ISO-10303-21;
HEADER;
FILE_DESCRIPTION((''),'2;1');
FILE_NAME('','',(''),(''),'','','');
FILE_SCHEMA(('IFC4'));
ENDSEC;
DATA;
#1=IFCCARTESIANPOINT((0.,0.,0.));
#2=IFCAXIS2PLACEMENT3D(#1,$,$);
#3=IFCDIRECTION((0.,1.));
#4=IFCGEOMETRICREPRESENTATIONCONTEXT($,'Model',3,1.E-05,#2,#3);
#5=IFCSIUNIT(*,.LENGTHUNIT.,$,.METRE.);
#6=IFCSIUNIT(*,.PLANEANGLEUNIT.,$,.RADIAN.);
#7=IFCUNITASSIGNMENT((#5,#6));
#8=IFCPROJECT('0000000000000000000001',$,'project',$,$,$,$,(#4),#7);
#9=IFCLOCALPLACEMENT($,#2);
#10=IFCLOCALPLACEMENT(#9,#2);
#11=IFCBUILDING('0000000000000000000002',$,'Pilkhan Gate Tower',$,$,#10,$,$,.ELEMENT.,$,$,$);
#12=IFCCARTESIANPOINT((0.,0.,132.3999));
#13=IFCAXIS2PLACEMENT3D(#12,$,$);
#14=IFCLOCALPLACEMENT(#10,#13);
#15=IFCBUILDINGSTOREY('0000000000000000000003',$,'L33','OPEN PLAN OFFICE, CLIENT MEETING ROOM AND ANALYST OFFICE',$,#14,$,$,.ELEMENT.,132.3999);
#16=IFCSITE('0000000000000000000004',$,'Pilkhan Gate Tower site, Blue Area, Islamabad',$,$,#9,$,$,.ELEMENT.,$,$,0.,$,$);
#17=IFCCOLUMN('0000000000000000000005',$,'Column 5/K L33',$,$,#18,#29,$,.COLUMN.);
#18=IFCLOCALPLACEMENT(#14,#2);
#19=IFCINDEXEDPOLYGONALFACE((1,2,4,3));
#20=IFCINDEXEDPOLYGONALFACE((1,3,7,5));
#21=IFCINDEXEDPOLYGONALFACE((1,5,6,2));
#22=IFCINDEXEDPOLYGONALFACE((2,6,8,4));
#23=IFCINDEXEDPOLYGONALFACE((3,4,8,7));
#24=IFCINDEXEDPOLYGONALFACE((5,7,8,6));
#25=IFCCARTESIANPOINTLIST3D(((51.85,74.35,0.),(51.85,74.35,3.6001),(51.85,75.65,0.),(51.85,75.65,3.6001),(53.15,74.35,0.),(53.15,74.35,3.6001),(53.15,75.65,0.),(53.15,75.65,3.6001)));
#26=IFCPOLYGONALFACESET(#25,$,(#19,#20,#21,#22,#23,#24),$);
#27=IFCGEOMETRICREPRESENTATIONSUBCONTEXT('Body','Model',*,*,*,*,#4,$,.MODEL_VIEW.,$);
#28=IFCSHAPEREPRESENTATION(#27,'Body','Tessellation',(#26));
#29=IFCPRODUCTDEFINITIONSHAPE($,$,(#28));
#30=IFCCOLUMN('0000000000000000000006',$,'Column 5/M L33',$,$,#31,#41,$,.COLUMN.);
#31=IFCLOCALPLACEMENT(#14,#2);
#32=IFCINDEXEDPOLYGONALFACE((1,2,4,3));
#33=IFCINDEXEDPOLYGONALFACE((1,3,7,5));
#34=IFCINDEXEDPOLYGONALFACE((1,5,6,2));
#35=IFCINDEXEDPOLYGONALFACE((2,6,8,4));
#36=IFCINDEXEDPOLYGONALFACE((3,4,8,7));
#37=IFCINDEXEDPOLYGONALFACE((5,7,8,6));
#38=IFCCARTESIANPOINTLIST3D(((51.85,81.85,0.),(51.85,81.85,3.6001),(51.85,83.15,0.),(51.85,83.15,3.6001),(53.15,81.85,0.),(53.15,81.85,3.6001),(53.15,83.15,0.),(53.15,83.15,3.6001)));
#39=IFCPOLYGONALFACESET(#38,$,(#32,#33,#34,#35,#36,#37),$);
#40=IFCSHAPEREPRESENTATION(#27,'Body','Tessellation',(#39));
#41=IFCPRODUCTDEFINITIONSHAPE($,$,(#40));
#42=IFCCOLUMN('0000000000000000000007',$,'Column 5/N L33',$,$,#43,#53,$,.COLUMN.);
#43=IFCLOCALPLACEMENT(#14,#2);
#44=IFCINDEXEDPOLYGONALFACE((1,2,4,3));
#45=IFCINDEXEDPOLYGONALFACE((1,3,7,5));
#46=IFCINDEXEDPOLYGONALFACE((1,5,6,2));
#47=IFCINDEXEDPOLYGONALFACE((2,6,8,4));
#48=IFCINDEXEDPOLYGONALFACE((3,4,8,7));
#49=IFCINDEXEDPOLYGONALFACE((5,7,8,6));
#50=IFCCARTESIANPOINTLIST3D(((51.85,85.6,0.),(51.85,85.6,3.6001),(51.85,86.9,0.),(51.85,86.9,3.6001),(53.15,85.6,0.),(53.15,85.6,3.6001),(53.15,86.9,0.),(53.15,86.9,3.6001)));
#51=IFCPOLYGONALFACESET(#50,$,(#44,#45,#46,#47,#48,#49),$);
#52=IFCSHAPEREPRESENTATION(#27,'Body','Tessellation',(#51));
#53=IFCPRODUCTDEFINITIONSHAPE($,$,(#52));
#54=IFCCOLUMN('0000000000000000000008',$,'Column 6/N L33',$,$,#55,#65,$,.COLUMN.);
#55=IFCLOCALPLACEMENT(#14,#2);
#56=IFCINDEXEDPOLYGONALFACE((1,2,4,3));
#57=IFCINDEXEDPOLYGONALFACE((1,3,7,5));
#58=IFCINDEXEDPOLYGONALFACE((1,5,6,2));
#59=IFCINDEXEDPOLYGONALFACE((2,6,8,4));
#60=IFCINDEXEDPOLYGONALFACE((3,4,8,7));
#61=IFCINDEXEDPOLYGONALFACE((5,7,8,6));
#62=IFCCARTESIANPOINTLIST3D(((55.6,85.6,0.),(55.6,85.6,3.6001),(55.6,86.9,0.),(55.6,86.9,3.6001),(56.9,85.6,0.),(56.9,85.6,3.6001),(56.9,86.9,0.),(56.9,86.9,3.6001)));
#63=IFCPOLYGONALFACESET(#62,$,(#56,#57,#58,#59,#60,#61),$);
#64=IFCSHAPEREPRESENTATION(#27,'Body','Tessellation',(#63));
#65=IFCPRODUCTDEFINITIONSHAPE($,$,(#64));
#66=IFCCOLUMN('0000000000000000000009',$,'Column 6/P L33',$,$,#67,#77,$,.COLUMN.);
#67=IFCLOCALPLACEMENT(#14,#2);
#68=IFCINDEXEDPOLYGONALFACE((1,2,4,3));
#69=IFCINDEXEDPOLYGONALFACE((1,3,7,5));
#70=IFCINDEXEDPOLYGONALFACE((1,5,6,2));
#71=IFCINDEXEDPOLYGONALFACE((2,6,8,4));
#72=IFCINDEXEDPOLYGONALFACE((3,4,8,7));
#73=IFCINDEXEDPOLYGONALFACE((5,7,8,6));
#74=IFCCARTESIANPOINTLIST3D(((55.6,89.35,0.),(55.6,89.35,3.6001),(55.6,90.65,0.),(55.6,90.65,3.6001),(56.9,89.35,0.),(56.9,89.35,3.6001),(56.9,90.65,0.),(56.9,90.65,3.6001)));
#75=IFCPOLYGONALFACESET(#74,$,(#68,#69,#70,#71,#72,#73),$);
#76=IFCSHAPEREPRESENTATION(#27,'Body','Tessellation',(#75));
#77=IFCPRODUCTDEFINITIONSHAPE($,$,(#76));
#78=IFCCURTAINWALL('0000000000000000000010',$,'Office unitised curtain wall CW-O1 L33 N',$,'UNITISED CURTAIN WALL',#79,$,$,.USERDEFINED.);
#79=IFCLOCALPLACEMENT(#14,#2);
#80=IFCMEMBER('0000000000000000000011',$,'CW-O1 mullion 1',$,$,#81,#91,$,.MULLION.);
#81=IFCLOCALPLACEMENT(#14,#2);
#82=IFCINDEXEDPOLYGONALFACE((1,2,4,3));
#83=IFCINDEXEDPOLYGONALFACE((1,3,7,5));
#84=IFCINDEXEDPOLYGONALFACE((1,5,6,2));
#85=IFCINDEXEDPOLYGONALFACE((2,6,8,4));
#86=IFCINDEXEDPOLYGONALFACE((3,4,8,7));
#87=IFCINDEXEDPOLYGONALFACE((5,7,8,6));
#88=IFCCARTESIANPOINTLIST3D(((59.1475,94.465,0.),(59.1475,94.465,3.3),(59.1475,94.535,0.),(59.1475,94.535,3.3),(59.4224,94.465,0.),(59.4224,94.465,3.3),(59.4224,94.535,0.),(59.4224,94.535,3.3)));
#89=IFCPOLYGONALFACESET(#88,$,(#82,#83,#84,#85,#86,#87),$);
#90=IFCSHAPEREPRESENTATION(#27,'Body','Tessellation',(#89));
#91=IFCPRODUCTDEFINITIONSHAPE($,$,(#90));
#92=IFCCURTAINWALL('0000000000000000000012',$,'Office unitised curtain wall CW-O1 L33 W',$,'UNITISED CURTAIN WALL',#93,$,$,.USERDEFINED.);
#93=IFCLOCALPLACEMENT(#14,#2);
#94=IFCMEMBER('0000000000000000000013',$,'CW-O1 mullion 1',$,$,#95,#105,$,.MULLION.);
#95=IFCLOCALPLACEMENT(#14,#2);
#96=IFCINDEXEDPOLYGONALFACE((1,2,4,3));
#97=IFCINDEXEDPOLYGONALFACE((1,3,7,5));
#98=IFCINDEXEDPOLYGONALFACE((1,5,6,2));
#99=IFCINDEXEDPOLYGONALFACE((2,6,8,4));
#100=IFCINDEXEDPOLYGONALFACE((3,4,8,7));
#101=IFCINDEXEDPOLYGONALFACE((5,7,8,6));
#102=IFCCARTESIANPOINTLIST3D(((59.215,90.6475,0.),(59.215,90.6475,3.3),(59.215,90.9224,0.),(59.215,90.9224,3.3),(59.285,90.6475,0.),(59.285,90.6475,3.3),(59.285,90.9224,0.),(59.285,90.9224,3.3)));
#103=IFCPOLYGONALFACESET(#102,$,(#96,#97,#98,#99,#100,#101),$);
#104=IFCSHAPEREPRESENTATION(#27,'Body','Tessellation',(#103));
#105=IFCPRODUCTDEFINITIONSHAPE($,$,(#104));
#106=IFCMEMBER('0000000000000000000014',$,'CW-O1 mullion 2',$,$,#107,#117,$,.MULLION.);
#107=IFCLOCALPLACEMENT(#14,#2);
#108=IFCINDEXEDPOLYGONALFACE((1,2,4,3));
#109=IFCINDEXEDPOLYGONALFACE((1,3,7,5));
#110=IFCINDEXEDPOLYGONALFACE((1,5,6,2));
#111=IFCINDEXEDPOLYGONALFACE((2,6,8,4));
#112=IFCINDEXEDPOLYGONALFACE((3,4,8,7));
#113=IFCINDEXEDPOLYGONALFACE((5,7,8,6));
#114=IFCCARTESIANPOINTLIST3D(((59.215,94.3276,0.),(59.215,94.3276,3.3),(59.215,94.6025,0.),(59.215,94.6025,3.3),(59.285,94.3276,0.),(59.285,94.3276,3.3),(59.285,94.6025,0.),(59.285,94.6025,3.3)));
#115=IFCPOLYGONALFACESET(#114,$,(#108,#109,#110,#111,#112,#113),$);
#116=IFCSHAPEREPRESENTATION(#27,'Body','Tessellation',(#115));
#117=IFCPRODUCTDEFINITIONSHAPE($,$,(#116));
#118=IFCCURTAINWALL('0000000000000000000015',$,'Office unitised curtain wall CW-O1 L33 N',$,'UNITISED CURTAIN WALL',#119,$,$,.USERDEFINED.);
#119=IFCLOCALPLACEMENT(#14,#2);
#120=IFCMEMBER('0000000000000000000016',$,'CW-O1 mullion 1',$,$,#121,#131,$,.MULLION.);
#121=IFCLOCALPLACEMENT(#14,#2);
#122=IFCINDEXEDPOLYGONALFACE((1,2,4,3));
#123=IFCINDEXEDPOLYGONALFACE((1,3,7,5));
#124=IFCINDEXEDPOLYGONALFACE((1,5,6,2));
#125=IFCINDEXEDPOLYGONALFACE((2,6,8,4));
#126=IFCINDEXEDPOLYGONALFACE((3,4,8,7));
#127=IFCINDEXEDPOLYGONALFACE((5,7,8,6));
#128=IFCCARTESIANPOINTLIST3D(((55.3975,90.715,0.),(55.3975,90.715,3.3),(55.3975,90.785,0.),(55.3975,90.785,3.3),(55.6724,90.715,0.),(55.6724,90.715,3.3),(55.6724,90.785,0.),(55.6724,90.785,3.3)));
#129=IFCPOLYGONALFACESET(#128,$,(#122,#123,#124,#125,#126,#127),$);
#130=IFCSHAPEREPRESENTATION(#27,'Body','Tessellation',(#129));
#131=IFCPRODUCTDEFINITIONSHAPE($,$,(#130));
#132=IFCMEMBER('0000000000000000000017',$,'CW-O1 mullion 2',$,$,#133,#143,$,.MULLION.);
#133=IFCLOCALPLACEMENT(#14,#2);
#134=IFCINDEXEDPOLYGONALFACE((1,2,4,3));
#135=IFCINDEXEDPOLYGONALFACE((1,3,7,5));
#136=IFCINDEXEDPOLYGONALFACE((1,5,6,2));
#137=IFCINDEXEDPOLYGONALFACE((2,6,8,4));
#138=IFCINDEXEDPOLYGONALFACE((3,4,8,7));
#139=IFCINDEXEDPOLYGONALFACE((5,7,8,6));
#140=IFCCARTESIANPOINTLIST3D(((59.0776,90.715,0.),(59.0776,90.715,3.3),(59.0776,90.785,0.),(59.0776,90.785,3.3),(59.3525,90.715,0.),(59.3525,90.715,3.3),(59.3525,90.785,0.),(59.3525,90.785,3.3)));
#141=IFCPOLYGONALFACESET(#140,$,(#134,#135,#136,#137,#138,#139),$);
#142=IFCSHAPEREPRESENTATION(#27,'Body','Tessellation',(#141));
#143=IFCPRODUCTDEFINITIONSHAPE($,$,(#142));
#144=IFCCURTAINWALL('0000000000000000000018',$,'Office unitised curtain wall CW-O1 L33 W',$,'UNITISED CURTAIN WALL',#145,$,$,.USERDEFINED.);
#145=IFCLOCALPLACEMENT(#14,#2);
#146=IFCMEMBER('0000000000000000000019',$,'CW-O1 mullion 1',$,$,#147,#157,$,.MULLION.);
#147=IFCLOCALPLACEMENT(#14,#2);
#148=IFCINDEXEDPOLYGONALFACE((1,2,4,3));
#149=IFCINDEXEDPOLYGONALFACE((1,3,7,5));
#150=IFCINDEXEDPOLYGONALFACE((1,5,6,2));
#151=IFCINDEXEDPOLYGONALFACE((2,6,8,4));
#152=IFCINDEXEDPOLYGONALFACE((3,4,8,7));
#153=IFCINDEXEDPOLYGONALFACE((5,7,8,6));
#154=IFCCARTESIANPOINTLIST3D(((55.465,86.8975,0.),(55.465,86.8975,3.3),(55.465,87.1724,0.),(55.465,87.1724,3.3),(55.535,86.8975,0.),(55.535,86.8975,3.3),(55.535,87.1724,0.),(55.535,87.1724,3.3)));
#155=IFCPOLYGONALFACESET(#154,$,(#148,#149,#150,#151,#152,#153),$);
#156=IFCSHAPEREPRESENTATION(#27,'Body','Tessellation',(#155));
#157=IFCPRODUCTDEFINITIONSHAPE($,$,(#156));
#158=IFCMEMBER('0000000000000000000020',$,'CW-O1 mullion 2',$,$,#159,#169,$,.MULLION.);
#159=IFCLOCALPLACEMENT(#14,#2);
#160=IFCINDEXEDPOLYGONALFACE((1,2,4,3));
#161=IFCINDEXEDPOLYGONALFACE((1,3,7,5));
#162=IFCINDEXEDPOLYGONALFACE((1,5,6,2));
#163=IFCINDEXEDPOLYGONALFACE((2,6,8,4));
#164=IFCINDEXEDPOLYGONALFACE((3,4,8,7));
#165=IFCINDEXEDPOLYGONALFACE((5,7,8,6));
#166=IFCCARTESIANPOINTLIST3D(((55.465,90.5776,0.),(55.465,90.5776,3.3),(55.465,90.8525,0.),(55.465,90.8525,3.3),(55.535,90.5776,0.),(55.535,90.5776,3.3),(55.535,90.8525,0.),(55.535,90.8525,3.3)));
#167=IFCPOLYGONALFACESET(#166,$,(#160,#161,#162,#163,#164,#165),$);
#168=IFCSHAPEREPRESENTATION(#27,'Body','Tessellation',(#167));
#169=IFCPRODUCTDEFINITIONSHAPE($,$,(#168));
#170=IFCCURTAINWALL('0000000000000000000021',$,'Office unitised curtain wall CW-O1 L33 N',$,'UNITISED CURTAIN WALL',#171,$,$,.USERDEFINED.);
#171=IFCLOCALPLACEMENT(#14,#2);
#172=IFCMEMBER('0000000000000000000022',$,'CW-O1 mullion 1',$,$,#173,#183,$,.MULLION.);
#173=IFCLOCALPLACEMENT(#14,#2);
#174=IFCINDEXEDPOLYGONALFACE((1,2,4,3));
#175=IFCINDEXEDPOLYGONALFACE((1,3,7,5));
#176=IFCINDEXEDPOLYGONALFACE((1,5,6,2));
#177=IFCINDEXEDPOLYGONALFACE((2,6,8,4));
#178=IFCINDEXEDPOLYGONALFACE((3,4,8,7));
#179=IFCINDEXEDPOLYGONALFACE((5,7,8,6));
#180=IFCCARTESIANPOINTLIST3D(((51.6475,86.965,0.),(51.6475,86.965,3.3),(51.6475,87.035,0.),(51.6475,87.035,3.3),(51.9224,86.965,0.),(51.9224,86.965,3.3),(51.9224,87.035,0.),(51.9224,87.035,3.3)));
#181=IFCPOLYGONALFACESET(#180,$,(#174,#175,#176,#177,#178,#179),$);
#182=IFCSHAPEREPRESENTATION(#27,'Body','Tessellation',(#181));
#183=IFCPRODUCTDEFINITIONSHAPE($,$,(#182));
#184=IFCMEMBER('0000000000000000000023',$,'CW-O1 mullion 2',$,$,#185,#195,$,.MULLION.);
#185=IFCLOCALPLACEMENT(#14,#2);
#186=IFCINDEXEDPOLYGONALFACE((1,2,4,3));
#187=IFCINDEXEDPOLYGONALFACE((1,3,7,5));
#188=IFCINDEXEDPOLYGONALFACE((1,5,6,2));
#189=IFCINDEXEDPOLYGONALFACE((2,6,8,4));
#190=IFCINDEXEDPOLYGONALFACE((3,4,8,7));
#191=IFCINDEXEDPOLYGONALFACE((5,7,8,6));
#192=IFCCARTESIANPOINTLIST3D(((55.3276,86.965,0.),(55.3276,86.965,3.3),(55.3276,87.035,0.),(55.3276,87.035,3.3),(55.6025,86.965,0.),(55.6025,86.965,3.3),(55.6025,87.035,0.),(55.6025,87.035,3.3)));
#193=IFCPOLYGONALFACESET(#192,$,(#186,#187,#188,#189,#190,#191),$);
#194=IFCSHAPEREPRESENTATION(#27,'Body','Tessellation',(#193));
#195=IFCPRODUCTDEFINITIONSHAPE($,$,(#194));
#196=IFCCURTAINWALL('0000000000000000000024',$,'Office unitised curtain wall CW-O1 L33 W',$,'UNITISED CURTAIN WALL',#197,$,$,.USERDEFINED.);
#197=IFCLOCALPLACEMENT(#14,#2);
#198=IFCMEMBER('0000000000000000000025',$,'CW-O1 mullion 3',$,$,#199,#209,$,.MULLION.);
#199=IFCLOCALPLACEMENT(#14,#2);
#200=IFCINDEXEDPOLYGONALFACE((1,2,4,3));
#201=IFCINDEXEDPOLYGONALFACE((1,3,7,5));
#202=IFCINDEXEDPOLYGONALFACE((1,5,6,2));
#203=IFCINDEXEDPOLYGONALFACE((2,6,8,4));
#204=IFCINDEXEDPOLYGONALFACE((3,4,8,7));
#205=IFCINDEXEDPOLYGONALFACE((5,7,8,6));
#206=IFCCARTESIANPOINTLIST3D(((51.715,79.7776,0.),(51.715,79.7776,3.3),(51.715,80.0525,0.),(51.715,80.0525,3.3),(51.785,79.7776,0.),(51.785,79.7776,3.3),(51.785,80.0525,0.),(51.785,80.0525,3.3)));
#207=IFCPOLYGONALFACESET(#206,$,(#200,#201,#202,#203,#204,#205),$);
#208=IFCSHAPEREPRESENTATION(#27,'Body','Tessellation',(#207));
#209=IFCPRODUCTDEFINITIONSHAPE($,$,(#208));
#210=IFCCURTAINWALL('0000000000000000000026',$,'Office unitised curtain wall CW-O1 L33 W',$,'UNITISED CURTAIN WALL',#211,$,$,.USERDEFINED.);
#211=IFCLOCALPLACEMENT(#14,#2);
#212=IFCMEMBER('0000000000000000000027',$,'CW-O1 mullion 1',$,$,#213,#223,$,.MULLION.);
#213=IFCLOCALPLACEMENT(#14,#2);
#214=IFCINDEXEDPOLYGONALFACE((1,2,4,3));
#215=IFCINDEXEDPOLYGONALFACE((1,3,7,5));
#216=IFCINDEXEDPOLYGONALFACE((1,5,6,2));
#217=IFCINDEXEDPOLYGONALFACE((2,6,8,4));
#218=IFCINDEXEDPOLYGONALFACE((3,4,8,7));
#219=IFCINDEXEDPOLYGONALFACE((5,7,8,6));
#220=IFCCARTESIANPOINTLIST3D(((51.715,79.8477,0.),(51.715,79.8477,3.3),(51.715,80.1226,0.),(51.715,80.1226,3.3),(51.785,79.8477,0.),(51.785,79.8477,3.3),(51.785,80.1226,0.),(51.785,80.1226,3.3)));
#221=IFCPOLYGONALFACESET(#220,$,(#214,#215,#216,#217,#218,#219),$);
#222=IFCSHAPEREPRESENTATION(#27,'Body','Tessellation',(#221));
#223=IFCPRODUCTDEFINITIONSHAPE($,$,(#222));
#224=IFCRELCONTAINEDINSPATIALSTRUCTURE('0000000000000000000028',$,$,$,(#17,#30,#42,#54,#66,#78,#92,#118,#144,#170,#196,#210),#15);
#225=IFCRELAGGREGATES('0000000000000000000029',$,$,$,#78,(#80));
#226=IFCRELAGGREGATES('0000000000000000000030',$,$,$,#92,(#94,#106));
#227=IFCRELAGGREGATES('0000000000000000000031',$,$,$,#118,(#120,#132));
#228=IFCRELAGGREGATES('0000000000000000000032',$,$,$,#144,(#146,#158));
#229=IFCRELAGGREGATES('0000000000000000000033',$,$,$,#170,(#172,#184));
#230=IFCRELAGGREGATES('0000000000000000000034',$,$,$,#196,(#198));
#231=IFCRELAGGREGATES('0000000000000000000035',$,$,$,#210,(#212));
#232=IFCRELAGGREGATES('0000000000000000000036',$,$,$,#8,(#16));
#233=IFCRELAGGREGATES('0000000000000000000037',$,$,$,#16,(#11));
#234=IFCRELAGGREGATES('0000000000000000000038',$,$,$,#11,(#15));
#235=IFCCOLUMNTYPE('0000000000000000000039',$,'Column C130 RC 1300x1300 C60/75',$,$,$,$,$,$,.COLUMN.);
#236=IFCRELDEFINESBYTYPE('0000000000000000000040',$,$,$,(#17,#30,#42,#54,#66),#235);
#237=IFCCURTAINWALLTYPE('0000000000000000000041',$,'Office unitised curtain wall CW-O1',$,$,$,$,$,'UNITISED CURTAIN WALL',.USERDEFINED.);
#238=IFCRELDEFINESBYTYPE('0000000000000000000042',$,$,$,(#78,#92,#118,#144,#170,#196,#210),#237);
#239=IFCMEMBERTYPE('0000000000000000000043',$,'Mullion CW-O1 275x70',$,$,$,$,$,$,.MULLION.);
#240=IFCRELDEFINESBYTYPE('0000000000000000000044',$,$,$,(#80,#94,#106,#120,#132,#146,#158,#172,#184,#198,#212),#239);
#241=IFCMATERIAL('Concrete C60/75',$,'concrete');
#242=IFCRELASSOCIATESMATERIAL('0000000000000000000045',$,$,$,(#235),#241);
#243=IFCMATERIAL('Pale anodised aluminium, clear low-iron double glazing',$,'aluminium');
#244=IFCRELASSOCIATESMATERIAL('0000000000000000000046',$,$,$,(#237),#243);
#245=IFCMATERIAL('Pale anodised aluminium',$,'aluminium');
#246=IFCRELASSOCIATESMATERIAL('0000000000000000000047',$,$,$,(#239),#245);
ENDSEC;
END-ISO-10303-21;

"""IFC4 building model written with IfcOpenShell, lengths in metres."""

from ifc_helpers import new_model, si_unit, direction, frame, origin, origin_2d, place, context, subcontext, project, spatial, rectangle, extrude, material, material_profile, profile_set, type_object, element, aggregate, save


model = new_model("IFC4")

# Units and contexts
model_context = context("Model", 3, precision=1e-05, world=origin(), true_north=direction((0.0, 1.0)))
body_context = subcontext(model_context, "Body", "Model", "MODEL_VIEW")
ifc_project = project(units=[si_unit("LENGTHUNIT", "METRE"), si_unit("PLANEANGLEUNIT", "RADIAN")], contexts=[model_context])

# Site, building, storey
site_placement = place(None, origin())
site = spatial("IfcSite", under=ifc_project, at=site_placement, Name="Pilkhan Gate Tower site, Blue Area, Islamabad", CompositionType="ELEMENT", RefElevation=0.0)
building_placement = place(site_placement, origin())
building = spatial("IfcBuilding", under=site, at=building_placement, Name="Pilkhan Gate Tower", CompositionType="ELEMENT")
storey_placement = place(building_placement, frame((0.0, 0.0, 132.3999)))
storey = spatial("IfcBuildingStorey", under=building, at=storey_placement, Name="L33", Description="OPEN PLAN OFFICE, CLIENT MEETING ROOM AND ANALYST OFFICE", CompositionType="ELEMENT", Elevation=132.3999)

# Columns
ifc_material_1 = material(Name="Concrete C60/75", Category="concrete")
ifc_material_profile_1 = material_profile(ifc_material_1, rectangle(XDim=1.3, YDim=1.3, at=origin_2d()), Name="RC 1300x1300")
ifc_profile_set_1 = profile_set([ifc_material_profile_1], Name="Concrete C60/75")
column_type = type_object("IfcColumnType", Name="Column C130 RC 1300x1300 C60/75", PredefinedType="COLUMN", material=ifc_profile_set_1)
for number, where, z_axis, x_axis, name in (
    (1, (52.5, 75.0, 0.0), (0.0, 0.0, 1.0), (1.0, 0.0, 0.0), "Column 5/K L33"),
    (2, (52.5, 82.5, 0.0), (0.0, 0.0, 1.0), (1.0, 0.0, 0.0), "Column 5/M L33"),
    (3, (52.5, 86.25, 0.0), (0.0, 0.0, 1.0), (1.0, 0.0, 0.0), "Column 5/N L33"),
    (4, (56.25, 86.25, 0.0), (0.0, 0.0, 1.0), (1.0, 0.0, 0.0), "Column 6/N L33"),
    (5, (56.25, 90.0, 0.0), (0.0, 0.0, 1.0), (1.0, 0.0, 0.0), "Column 6/P L33"),
):
    element("IfcColumn", number, at=place(storey_placement, frame(where, z_axis=z_axis, x_axis=x_axis)), inside=storey, type_object=column_type, Name=name, PredefinedType="COLUMN", context=body_context, shape_type="SweptSolid", body=[
        extrude(rectangle(XDim=1.3, YDim=1.3, at=origin_2d()), origin(), (0.0, 0.0, 1.0), 3.6001),
    ])

# Curtain wall, member
ifc_material_2 = material(Name="Pale anodised aluminium, clear low-iron double glazing", Category="aluminium")
curtain_wall_type = type_object("IfcCurtainWallType", Name="Office unitised curtain wall CW-O1", ElementType="UNITISED CURTAIN WALL", PredefinedType="USERDEFINED", material=ifc_material_2)
curtain_wall_1_placement = place(storey_placement, origin())
curtain_wall_1 = element("IfcCurtainWall", 6, at=curtain_wall_1_placement, inside=storey, type_object=curtain_wall_type, Name="Office unitised curtain wall CW-O1 L33 N", ObjectType="UNITISED CURTAIN WALL", PredefinedType="USERDEFINED")
ifc_material_3 = material(Name="Pale anodised aluminium", Category="aluminium")
ifc_material_profile_2 = material_profile(ifc_material_3, rectangle(XDim=0.0701, YDim=0.2749, at=origin_2d()), Name="Mullion 275x70")
ifc_profile_set_2 = profile_set([ifc_material_profile_2], Name="Pale anodised aluminium")
member_type_1 = type_object("IfcMemberType", Name="Mullion CW-O1 275x70", PredefinedType="MULLION", material=ifc_profile_set_2)
member_1_placement = place(storey_placement, frame((59.2849, 94.5, 0.0), z_axis=(0.0, 0.0, 1.0), x_axis=(0.0, 1.0, 0.0)))
member_1 = element("IfcMember", 7, at=member_1_placement, type_object=member_type_1, Name="CW-O1 mullion 1", PredefinedType="MULLION", context=body_context, shape_type="SweptSolid", body=[
    extrude(rectangle(XDim=0.0701, YDim=0.2749, at=origin_2d()), origin(), (0.0, 0.0, 1.0), 3.3),
])

# Curtain walls, members
curtain_wall_2_placement = place(storey_placement, origin())
curtain_wall_2 = element("IfcCurtainWall", 8, at=curtain_wall_2_placement, inside=storey, type_object=curtain_wall_type, Name="Office unitised curtain wall CW-O1 L33 W", ObjectType="UNITISED CURTAIN WALL", PredefinedType="USERDEFINED")
member_2_placement = place(storey_placement, frame((59.25, 90.7849, 0.0), z_axis=(0.0, 0.0, 1.0), x_axis=(-1.0, 0.0, 0.0)))
member_2 = element("IfcMember", 9, at=member_2_placement, type_object=member_type_1, Name="CW-O1 mullion 1", PredefinedType="MULLION", context=body_context, shape_type="SweptSolid", body=[
    extrude(rectangle(XDim=0.0701, YDim=0.2749, at=origin_2d()), origin(), (0.0, 0.0, 1.0), 3.3),
])
member_3_placement = place(storey_placement, frame((59.25, 94.4651, 0.0), z_axis=(0.0, 0.0, 1.0), x_axis=(-1.0, 0.0, 0.0)))
member_3 = element("IfcMember", 10, at=member_3_placement, type_object=member_type_1, Name="CW-O1 mullion 2", PredefinedType="MULLION", context=body_context, shape_type="SweptSolid", body=[
    extrude(rectangle(XDim=0.0701, YDim=0.2749, at=origin_2d()), origin(), (0.0, 0.0, 1.0), 3.3),
])
curtain_wall_3_placement = place(storey_placement, origin())
curtain_wall_3 = element("IfcCurtainWall", 11, at=curtain_wall_3_placement, inside=storey, type_object=curtain_wall_type, Name="Office unitised curtain wall CW-O1 L33 N", ObjectType="UNITISED CURTAIN WALL", PredefinedType="USERDEFINED")
member_4_placement = place(storey_placement, frame((55.5349, 90.75, 0.0), z_axis=(0.0, 0.0, 1.0), x_axis=(0.0, 1.0, 0.0)))
member_4 = element("IfcMember", 12, at=member_4_placement, type_object=member_type_1, Name="CW-O1 mullion 1", PredefinedType="MULLION", context=body_context, shape_type="SweptSolid", body=[
    extrude(rectangle(XDim=0.0701, YDim=0.2749, at=origin_2d()), origin(), (0.0, 0.0, 1.0), 3.3),
])
member_5_placement = place(storey_placement, frame((59.2151, 90.75, 0.0), z_axis=(0.0, 0.0, 1.0), x_axis=(0.0, 1.0, 0.0)))
member_5 = element("IfcMember", 13, at=member_5_placement, type_object=member_type_1, Name="CW-O1 mullion 2", PredefinedType="MULLION", context=body_context, shape_type="SweptSolid", body=[
    extrude(rectangle(XDim=0.0701, YDim=0.2749, at=origin_2d()), origin(), (0.0, 0.0, 1.0), 3.3),
])
curtain_wall_4_placement = place(storey_placement, origin())
curtain_wall_4 = element("IfcCurtainWall", 14, at=curtain_wall_4_placement, inside=storey, type_object=curtain_wall_type, Name="Office unitised curtain wall CW-O1 L33 W", ObjectType="UNITISED CURTAIN WALL", PredefinedType="USERDEFINED")
member_6_placement = place(storey_placement, frame((55.5, 87.0349, 0.0), z_axis=(0.0, 0.0, 1.0), x_axis=(-1.0, 0.0, 0.0)))
member_6 = element("IfcMember", 15, at=member_6_placement, type_object=member_type_1, Name="CW-O1 mullion 1", PredefinedType="MULLION", context=body_context, shape_type="SweptSolid", body=[
    extrude(rectangle(XDim=0.0701, YDim=0.2749, at=origin_2d()), origin(), (0.0, 0.0, 1.0), 3.3),
])
member_7_placement = place(storey_placement, frame((55.5, 90.7151, 0.0), z_axis=(0.0, 0.0, 1.0), x_axis=(-1.0, 0.0, 0.0)))
member_7 = element("IfcMember", 16, at=member_7_placement, type_object=member_type_1, Name="CW-O1 mullion 2", PredefinedType="MULLION", context=body_context, shape_type="SweptSolid", body=[
    extrude(rectangle(XDim=0.0701, YDim=0.2749, at=origin_2d()), origin(), (0.0, 0.0, 1.0), 3.3),
])
curtain_wall_5_placement = place(storey_placement, origin())
curtain_wall_5 = element("IfcCurtainWall", 17, at=curtain_wall_5_placement, inside=storey, type_object=curtain_wall_type, Name="Office unitised curtain wall CW-O1 L33 N", ObjectType="UNITISED CURTAIN WALL", PredefinedType="USERDEFINED")
member_8_placement = place(storey_placement, frame((51.7849, 87.0, 0.0), z_axis=(0.0, 0.0, 1.0), x_axis=(0.0, 1.0, 0.0)))
member_8 = element("IfcMember", 18, at=member_8_placement, type_object=member_type_1, Name="CW-O1 mullion 1", PredefinedType="MULLION", context=body_context, shape_type="SweptSolid", body=[
    extrude(rectangle(XDim=0.0701, YDim=0.2749, at=origin_2d()), origin(), (0.0, 0.0, 1.0), 3.3),
])
member_9_placement = place(storey_placement, frame((55.4651, 87.0, 0.0), z_axis=(0.0, 0.0, 1.0), x_axis=(0.0, 1.0, 0.0)))
member_9 = element("IfcMember", 19, at=member_9_placement, type_object=member_type_1, Name="CW-O1 mullion 2", PredefinedType="MULLION", context=body_context, shape_type="SweptSolid", body=[
    extrude(rectangle(XDim=0.0701, YDim=0.2749, at=origin_2d()), origin(), (0.0, 0.0, 1.0), 3.3),
])

# Curtain wall, member
curtain_wall_6_placement = place(storey_placement, origin())
curtain_wall_6 = element("IfcCurtainWall", 20, at=curtain_wall_6_placement, inside=storey, type_object=curtain_wall_type, Name="Office unitised curtain wall CW-O1 L33 W", ObjectType="UNITISED CURTAIN WALL", PredefinedType="USERDEFINED")
member_10_placement = place(storey_placement, frame((51.75, 79.915, 0.0), z_axis=(0.0, 0.0, 1.0), x_axis=(-1.0, 0.0, 0.0)))
member_10 = element("IfcMember", 21, at=member_10_placement, type_object=member_type_1, Name="CW-O1 mullion 3", PredefinedType="MULLION", context=body_context, shape_type="SweptSolid", body=[
    extrude(rectangle(XDim=0.0701, YDim=0.2749, at=origin_2d()), origin(), (0.0, 0.0, 1.0), 3.3),
])

# Curtain wall, member
curtain_wall_7_placement = place(storey_placement, origin())
curtain_wall_7 = element("IfcCurtainWall", 22, at=curtain_wall_7_placement, inside=storey, type_object=curtain_wall_type, Name="Office unitised curtain wall CW-O1 L33 W", ObjectType="UNITISED CURTAIN WALL", PredefinedType="USERDEFINED")
member_11_placement = place(storey_placement, frame((51.75, 79.9851, 0.0), z_axis=(0.0, 0.0, 1.0), x_axis=(-1.0, 0.0, 0.0)))
member_11 = element("IfcMember", 23, at=member_11_placement, type_object=member_type_1, Name="CW-O1 mullion 1", PredefinedType="MULLION", context=body_context, shape_type="SweptSolid", body=[
    extrude(rectangle(XDim=0.0701, YDim=0.2749, at=origin_2d()), origin(), (0.0, 0.0, 1.0), 3.3),
])

aggregate(curtain_wall_1, [member_1])

aggregate(curtain_wall_2, [member_2, member_3])
aggregate(curtain_wall_3, [member_4, member_5])
aggregate(curtain_wall_4, [member_6, member_7])
aggregate(curtain_wall_5, [member_8, member_9])
aggregate(curtain_wall_6, [member_10])
aggregate(curtain_wall_7, [member_11])

save(model, "model.ifc")
